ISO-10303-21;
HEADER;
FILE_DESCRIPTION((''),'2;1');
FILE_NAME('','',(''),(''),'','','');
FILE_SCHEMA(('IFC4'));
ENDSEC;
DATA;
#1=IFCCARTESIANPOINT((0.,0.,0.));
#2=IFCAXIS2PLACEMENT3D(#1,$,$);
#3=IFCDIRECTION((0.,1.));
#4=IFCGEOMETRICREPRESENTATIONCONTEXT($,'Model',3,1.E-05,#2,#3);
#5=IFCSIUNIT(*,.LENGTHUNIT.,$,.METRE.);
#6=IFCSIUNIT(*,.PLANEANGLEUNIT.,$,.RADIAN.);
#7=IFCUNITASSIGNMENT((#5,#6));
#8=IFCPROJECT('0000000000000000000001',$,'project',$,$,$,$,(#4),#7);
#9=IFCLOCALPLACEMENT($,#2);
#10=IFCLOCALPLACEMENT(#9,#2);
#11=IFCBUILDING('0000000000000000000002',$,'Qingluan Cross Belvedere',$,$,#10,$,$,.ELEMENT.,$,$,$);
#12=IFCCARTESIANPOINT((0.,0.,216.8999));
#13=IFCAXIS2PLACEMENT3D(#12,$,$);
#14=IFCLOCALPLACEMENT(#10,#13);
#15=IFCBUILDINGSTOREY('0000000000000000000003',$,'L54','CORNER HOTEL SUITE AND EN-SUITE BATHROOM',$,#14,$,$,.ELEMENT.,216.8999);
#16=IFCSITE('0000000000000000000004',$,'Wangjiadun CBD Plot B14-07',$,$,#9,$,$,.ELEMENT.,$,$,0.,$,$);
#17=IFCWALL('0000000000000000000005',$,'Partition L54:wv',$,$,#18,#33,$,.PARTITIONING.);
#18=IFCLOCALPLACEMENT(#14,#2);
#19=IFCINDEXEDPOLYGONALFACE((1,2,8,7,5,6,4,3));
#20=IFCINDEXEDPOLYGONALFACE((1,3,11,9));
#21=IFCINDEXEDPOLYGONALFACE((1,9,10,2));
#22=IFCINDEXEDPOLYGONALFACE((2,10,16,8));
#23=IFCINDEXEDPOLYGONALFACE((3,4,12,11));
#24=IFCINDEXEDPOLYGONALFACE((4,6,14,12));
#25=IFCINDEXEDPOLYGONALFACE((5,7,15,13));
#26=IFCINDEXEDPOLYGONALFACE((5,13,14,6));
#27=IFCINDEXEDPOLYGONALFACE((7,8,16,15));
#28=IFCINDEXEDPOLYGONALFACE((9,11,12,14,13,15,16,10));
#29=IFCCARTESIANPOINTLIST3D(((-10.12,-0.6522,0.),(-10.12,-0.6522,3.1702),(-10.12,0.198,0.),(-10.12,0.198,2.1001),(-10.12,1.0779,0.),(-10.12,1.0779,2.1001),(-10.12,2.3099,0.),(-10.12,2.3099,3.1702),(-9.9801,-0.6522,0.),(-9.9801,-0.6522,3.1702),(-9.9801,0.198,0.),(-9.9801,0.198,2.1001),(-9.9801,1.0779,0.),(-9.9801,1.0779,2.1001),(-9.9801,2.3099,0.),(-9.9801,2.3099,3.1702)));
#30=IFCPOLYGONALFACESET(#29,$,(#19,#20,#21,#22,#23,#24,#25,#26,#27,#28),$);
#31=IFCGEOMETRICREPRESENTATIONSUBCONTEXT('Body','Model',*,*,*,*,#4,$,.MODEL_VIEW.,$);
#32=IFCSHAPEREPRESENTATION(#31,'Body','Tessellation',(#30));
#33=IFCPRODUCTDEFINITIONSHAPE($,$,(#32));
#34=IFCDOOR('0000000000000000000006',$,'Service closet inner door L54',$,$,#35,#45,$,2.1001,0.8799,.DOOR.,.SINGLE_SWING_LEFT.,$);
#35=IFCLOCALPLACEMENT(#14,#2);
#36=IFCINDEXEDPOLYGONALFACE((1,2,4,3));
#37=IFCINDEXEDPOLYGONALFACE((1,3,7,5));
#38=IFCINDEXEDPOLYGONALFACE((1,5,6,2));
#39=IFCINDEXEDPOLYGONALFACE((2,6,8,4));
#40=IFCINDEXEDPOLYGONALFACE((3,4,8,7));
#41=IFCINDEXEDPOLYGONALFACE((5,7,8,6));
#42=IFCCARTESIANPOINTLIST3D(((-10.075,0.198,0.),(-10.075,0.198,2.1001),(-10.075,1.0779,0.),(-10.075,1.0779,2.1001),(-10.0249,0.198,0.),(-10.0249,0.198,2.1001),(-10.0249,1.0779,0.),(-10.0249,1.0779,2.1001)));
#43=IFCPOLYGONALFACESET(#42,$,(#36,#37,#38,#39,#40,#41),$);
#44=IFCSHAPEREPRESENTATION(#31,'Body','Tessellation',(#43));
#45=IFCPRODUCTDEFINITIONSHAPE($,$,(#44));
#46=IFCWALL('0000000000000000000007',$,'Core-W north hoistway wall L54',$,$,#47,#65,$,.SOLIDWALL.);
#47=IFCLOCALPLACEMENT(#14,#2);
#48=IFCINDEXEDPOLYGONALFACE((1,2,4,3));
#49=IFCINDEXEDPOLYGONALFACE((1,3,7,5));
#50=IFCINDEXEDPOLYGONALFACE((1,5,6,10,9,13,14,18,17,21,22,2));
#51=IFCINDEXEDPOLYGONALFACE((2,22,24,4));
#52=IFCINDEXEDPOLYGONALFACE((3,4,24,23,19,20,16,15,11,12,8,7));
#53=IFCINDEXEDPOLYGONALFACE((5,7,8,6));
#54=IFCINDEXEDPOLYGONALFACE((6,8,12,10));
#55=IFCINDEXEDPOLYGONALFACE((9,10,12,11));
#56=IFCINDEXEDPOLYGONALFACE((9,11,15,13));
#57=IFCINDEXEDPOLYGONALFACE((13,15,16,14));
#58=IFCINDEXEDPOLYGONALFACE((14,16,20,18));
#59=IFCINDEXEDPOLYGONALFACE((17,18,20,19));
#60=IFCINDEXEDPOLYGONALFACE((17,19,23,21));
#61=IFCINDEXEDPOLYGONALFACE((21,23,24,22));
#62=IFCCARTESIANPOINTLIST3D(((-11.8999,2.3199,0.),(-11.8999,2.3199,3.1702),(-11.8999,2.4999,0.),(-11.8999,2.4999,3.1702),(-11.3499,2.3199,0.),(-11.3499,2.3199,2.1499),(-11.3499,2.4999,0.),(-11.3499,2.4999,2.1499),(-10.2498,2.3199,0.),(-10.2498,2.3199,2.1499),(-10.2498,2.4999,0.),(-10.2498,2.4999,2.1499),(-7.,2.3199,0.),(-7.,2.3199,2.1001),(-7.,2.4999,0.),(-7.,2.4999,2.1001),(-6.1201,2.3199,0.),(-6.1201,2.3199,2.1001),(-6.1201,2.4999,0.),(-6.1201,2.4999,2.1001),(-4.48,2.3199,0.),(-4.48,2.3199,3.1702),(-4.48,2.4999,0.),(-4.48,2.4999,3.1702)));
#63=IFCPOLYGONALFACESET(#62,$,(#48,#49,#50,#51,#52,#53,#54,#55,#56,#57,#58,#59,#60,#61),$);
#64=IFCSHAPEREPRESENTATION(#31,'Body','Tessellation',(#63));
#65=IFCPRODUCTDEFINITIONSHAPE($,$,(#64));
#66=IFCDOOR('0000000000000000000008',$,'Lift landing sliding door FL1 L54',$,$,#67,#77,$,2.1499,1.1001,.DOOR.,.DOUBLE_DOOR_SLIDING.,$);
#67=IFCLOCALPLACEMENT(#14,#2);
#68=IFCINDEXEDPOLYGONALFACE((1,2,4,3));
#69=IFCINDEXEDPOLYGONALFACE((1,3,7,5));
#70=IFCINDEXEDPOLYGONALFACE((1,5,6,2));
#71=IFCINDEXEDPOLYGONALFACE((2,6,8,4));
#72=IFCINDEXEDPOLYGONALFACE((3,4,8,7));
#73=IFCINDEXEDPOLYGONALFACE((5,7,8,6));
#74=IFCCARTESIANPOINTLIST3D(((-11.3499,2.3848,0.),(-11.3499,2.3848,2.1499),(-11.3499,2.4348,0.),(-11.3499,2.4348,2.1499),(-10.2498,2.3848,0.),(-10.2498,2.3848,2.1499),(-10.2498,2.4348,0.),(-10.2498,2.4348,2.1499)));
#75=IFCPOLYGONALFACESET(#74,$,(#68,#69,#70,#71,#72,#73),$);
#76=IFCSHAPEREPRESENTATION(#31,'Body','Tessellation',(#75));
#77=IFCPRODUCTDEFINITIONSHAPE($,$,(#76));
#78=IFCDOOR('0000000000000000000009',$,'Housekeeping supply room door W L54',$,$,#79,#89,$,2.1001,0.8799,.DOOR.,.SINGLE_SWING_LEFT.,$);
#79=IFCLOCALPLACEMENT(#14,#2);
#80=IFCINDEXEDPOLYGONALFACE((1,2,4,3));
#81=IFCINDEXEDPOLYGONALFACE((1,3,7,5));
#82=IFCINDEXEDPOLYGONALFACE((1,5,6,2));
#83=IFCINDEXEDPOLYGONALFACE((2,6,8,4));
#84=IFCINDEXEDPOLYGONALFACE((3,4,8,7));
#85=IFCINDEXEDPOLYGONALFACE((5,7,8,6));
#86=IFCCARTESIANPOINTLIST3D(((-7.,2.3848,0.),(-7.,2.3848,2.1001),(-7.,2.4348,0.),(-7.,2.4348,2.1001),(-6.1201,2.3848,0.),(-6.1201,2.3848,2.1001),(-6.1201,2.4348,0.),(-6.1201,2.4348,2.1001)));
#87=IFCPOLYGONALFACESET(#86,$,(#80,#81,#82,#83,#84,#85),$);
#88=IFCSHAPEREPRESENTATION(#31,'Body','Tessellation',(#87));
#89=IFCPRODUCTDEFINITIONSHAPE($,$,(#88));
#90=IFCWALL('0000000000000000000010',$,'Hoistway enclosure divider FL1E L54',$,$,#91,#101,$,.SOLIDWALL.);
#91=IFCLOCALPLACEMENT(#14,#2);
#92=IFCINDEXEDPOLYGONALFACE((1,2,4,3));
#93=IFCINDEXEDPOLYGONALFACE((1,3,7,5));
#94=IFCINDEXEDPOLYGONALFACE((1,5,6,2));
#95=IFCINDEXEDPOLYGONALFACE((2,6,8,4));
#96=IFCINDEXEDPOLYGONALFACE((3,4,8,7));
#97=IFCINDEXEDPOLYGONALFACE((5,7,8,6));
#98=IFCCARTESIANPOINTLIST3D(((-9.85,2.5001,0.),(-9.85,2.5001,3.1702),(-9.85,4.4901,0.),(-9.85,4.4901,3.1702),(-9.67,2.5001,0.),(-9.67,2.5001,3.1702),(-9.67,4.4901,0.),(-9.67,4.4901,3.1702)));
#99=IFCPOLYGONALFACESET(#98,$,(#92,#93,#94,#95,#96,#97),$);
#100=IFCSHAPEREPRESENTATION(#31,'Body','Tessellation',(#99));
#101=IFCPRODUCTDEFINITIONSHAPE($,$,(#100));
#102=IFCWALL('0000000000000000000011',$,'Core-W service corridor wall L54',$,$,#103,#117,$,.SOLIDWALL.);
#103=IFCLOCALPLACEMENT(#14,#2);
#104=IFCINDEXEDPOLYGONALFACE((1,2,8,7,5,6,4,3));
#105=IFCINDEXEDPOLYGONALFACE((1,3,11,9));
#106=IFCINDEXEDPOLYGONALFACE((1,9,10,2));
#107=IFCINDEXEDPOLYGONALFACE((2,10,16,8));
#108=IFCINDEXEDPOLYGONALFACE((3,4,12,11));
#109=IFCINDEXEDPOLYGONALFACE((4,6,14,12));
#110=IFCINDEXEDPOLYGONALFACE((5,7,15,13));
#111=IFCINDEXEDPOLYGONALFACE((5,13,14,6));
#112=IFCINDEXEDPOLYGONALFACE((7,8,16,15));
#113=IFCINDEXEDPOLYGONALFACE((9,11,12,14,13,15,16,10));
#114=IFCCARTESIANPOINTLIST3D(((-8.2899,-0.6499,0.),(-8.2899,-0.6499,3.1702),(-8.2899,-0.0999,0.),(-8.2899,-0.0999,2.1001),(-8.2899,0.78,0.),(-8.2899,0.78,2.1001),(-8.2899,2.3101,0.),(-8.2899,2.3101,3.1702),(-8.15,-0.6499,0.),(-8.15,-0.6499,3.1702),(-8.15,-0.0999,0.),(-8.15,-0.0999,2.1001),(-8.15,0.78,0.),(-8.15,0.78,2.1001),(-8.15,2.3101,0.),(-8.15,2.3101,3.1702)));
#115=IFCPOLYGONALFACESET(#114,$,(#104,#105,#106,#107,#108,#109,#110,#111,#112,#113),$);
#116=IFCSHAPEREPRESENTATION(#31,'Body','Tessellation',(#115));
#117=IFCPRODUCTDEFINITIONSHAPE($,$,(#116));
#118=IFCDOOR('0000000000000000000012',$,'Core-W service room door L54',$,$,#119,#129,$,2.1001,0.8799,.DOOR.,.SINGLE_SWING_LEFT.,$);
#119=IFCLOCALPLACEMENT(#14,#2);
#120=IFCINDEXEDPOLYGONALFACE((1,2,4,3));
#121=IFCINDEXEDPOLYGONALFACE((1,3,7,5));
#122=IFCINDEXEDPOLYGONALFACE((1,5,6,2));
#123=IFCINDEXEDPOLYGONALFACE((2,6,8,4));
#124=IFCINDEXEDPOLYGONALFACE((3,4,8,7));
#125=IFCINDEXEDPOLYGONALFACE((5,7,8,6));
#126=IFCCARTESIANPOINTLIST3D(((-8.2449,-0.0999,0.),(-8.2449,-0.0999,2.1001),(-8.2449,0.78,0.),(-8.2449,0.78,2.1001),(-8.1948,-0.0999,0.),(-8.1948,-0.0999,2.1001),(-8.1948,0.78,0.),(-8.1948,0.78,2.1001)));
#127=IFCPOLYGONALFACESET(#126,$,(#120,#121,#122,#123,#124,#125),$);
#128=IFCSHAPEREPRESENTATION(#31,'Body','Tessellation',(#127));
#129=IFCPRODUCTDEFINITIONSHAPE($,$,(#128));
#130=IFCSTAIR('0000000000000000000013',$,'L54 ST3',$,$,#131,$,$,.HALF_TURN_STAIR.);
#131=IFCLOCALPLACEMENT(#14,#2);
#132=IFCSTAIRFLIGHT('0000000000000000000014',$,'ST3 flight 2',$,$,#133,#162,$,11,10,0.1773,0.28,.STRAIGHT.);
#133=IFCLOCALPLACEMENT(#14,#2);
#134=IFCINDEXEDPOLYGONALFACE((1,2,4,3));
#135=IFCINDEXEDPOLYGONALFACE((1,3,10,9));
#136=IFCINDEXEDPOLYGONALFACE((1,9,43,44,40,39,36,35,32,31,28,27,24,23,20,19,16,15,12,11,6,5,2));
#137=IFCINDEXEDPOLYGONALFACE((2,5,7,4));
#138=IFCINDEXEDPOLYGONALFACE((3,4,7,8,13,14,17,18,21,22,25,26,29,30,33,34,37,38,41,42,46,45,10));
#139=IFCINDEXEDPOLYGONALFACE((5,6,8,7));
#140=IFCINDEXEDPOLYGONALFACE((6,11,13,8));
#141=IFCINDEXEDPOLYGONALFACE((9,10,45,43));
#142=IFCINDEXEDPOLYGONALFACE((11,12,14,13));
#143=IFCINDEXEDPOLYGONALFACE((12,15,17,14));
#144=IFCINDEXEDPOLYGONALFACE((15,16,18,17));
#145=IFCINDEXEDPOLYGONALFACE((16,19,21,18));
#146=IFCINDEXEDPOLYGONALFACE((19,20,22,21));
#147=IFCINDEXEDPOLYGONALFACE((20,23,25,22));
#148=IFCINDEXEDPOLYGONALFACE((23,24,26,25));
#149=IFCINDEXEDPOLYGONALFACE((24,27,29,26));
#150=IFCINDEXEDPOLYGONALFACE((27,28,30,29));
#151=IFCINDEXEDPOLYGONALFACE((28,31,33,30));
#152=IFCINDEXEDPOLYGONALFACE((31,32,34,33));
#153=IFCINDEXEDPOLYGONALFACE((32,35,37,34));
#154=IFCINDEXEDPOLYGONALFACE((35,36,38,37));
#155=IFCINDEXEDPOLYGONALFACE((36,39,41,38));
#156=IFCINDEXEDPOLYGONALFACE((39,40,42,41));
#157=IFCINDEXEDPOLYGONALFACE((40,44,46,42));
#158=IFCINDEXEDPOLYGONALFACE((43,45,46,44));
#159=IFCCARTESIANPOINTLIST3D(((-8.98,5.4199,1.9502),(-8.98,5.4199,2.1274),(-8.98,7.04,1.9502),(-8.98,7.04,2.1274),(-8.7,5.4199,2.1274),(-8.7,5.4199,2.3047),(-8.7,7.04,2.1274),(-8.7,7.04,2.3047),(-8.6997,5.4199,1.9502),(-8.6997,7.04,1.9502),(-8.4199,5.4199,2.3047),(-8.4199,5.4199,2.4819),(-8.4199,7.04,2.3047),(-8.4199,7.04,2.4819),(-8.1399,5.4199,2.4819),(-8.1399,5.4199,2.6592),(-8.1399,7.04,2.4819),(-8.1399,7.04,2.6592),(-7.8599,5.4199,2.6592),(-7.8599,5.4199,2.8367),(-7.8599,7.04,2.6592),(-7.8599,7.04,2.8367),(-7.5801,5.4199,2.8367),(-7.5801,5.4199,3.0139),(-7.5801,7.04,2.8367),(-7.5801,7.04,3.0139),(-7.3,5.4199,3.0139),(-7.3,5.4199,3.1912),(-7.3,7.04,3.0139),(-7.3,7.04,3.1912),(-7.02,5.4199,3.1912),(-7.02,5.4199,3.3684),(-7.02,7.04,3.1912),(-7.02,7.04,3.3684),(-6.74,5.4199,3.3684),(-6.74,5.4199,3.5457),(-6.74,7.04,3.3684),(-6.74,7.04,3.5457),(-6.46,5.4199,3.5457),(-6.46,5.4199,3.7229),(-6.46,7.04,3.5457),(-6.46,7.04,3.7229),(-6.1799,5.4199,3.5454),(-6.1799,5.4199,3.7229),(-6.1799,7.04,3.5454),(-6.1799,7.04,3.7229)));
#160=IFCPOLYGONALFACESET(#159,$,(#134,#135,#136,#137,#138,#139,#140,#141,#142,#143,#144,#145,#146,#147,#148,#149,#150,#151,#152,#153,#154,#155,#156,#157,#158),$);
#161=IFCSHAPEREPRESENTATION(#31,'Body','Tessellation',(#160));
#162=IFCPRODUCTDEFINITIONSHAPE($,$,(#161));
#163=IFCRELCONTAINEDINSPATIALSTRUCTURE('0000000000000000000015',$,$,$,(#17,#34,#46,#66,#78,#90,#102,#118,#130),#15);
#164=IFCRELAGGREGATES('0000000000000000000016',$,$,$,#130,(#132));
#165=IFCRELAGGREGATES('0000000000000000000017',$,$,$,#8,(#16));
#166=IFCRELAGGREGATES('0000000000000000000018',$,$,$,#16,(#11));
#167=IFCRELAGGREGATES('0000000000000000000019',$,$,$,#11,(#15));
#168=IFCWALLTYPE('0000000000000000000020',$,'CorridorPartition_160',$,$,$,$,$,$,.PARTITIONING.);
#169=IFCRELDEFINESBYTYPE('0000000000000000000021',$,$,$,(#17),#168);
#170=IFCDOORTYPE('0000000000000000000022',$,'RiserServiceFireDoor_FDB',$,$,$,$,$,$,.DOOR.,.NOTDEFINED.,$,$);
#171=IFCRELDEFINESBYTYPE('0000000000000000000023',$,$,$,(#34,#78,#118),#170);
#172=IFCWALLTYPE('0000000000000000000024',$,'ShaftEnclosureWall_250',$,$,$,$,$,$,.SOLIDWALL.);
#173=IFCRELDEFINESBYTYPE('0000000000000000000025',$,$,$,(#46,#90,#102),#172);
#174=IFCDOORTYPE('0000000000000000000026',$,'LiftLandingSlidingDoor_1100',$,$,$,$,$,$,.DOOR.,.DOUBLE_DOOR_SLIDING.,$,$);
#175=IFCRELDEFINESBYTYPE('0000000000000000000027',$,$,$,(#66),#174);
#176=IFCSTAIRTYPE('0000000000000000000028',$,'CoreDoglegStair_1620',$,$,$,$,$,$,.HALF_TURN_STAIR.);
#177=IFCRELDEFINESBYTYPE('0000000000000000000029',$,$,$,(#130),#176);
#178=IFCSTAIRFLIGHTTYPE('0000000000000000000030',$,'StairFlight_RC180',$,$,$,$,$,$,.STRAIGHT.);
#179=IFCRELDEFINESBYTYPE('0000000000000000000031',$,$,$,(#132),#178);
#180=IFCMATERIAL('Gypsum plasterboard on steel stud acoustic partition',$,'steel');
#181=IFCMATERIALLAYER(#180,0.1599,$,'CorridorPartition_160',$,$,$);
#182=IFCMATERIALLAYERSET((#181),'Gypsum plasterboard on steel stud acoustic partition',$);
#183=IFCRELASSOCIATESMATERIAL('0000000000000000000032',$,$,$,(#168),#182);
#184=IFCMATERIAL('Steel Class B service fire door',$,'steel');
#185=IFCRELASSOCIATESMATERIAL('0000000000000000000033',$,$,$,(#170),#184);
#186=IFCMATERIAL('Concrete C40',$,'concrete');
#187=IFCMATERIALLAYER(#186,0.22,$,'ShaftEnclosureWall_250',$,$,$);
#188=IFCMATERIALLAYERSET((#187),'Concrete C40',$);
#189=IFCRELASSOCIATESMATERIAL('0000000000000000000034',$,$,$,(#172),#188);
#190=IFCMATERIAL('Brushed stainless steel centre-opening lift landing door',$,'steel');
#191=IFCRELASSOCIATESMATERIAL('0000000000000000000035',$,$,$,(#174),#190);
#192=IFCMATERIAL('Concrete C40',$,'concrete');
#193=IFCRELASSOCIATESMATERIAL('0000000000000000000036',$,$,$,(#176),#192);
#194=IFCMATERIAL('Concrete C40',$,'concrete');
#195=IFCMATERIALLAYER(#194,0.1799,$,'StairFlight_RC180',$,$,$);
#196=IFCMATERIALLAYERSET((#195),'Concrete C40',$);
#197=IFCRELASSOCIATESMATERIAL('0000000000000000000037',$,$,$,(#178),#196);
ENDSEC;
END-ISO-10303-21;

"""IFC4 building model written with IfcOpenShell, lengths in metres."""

from ifc_helpers import new_model, si_unit, direction, frame, frame_2d, origin, place, context, subcontext, project, spatial, polyline, rectangle, outline, extrude, material, layer, layer_set, type_object, element, fill, aggregate, save


model = new_model("IFC4")

# Units and contexts
model_context = context("Model", 3, precision=1e-05, world=origin(), true_north=direction((0.0, 1.0)))
body_context = subcontext(model_context, "Body", "Model", "MODEL_VIEW")
ifc_project = project(units=[si_unit("LENGTHUNIT", "METRE"), si_unit("PLANEANGLEUNIT", "RADIAN")], contexts=[model_context])

# Site, building, storey
site_placement = place(None, origin())
site = spatial("IfcSite", under=ifc_project, at=site_placement, Name="Wangjiadun CBD Plot B14-07", CompositionType="ELEMENT", RefElevation=0.0)
building_placement = place(site_placement, origin())
building = spatial("IfcBuilding", under=site, at=building_placement, Name="Qingluan Cross Belvedere", CompositionType="ELEMENT")
storey_placement = place(building_placement, frame((0.0, 0.0, 216.8999)))
storey = spatial("IfcBuildingStorey", under=building, at=storey_placement, Name="L54", Description="CORNER HOTEL SUITE AND EN-SUITE BATHROOM", CompositionType="ELEMENT", Elevation=216.8999)

# Wall, opening, door
ifc_material_1 = material(Name="Gypsum plasterboard on steel stud acoustic partition", Category="steel")
ifc_layer_1 = layer(ifc_material_1, 0.1599, Name="CorridorPartition_160")
ifc_layer_set_1 = layer_set([ifc_layer_1], Name="Gypsum plasterboard on steel stud acoustic partition")
wall_type_1 = type_object("IfcWallType", Name="CorridorPartition_160", PredefinedType="PARTITIONING", material=ifc_layer_set_1)
wall_1_placement = place(storey_placement, frame((-10.05, -0.6521, 0.0), z_axis=(0.0, 0.0, 1.0), x_axis=(0.0, 1.0, 0.0)))
wall_1 = element("IfcWall", 1, at=wall_1_placement, inside=storey, type_object=wall_type_1, Name="Partition L54:wv", PredefinedType="PARTITIONING", context=body_context, shape_type="SweptSolid", body=[
    extrude(rectangle(XDim=2.9622, YDim=0.1399, at=frame_2d((1.481, 0.0))), origin(), (0.0, 0.0, 1.0), 3.1702),
])
opening_1_placement = place(wall_1_placement, frame((0.8501, 0.0, 0.0)))
opening_1 = element("IfcOpeningElement", 2, at=opening_1_placement, cuts=wall_1, PredefinedType="OPENING", context=body_context, shape_type="SweptSolid", body=[
    extrude(rectangle(XDim=0.8799, YDim=2.1001, at=frame_2d((0.4399, 1.05))), frame((0.0, 0.0798, 0.0), z_axis=(0.0, -1.0, 0.0), x_axis=(1.0, 0.0, 0.0)), (0.0, 0.0, 1.0), 0.1599),
])
ifc_material_2 = material(Name="Steel Class B service fire door", Category="steel")
door_type_1 = type_object("IfcDoorType", Name="RiserServiceFireDoor_FDB", OperationType="NOTDEFINED", PredefinedType="DOOR", material=ifc_material_2)
door_1_placement = place(opening_1_placement, origin())
door_1 = element("IfcDoor", 3, at=door_1_placement, inside=storey, type_object=door_type_1, Name="Service closet inner door L54", OperationType="SINGLE_SWING_LEFT", OverallHeight=2.1001, OverallWidth=0.8799, PredefinedType="DOOR", context=body_context, shape_type="SweptSolid", body=[
    extrude(rectangle(XDim=0.8799, YDim=2.1001, at=frame_2d((0.4399, 1.05))), frame((0.0, 0.0249, 0.0), z_axis=(0.0, -1.0, 0.0), x_axis=(1.0, 0.0, 0.0)), (0.0, 0.0, 1.0), 0.05),
])
fill(opening_1, door_1)

# Wall, openings, doors
ifc_material_3 = material(Name="Concrete C40", Category="concrete")
ifc_layer_2 = layer(ifc_material_3, 0.22, Name="ShaftEnclosureWall_250")
ifc_layer_set_2 = layer_set([ifc_layer_2], Name="Concrete C40")
wall_type_2 = type_object("IfcWallType", Name="ShaftEnclosureWall_250", PredefinedType="SOLIDWALL", material=ifc_layer_set_2)
wall_2_placement = place(storey_placement, frame((-11.8999, 2.4099, 0.0), z_axis=(0.0, 0.0, 1.0), x_axis=(1.0, 0.0, 0.0)))
wall_2 = element("IfcWall", 4, at=wall_2_placement, inside=storey, type_object=wall_type_2, Name="Core-W north hoistway wall L54", PredefinedType="SOLIDWALL", context=body_context, shape_type="SweptSolid", body=[
    extrude(rectangle(XDim=7.4199, YDim=0.1799, at=frame_2d((3.71, 0.0))), origin(), (0.0, 0.0, 1.0), 3.1702),
])
opening_2_placement = place(wall_2_placement, frame((0.55, 0.0, 0.0)))
opening_2 = element("IfcOpeningElement", 5, at=opening_2_placement, cuts=wall_2, PredefinedType="OPENING", context=body_context, shape_type="SweptSolid", body=[
    extrude(rectangle(XDim=1.1001, YDim=2.1499, at=frame_2d((0.55, 1.075))), frame((0.0, 0.0999, 0.0), z_axis=(0.0, -1.0, 0.0), x_axis=(1.0, 0.0, 0.0)), (0.0, 0.0, 1.0), 0.2),
])
opening_3_placement = place(wall_2_placement, frame((4.8999, 0.0, 0.0)))
opening_3 = element("IfcOpeningElement", 6, at=opening_3_placement, cuts=wall_2, PredefinedType="OPENING", context=body_context, shape_type="SweptSolid", body=[
    extrude(rectangle(XDim=0.8799, YDim=2.1001, at=frame_2d((0.4399, 1.05))), frame((0.0, 0.0999, 0.0), z_axis=(0.0, -1.0, 0.0), x_axis=(1.0, 0.0, 0.0)), (0.0, 0.0, 1.0), 0.2),
])
ifc_material_4 = material(Name="Brushed stainless steel centre-opening lift landing door", Category="steel")
door_type_2 = type_object("IfcDoorType", Name="LiftLandingSlidingDoor_1100", OperationType="DOUBLE_DOOR_SLIDING", PredefinedType="DOOR", material=ifc_material_4)
door_2_placement = place(opening_2_placement, origin())
door_2 = element("IfcDoor", 7, at=door_2_placement, inside=storey, type_object=door_type_2, Name="Lift landing sliding door FL1 L54", OperationType="DOUBLE_DOOR_SLIDING", OverallHeight=2.1499, OverallWidth=1.1001, PredefinedType="DOOR", context=body_context, shape_type="SweptSolid", body=[
    extrude(rectangle(XDim=1.1001, YDim=2.1499, at=frame_2d((0.55, 1.075))), frame((0.0, 0.0249, 0.0), z_axis=(0.0, -1.0, 0.0), x_axis=(1.0, 0.0, 0.0)), (0.0, 0.0, 1.0), 0.05),
])
fill(opening_2, door_2)
door_3_placement = place(opening_3_placement, origin())
door_3 = element("IfcDoor", 8, at=door_3_placement, inside=storey, type_object=door_type_1, Name="Housekeeping supply room door W L54", OperationType="SINGLE_SWING_LEFT", OverallHeight=2.1001, OverallWidth=0.8799, PredefinedType="DOOR", context=body_context, shape_type="SweptSolid", body=[
    extrude(rectangle(XDim=0.8799, YDim=2.1001, at=frame_2d((0.4399, 1.05))), frame((0.0, 0.0249, 0.0), z_axis=(0.0, -1.0, 0.0), x_axis=(1.0, 0.0, 0.0)), (0.0, 0.0, 1.0), 0.05),
])
fill(opening_3, door_3)

# Wall
wall_3_placement = place(storey_placement, frame((-9.76, 2.5, 0.0), z_axis=(0.0, 0.0, 1.0), x_axis=(0.0, 1.0, 0.0)))
element("IfcWall", 9, at=wall_3_placement, inside=storey, type_object=wall_type_2, Name="Hoistway enclosure divider FL1E L54", PredefinedType="SOLIDWALL", context=body_context, shape_type="SweptSolid", body=[
    extrude(rectangle(XDim=1.99, YDim=0.1799, at=frame_2d((0.9951, 0.0))), origin(), (0.0, 0.0, 1.0), 3.1702),
])

# Wall, opening, door
wall_4_placement = place(storey_placement, frame((-8.22, -0.6499, 0.0), z_axis=(0.0, 0.0, 1.0), x_axis=(0.0, 1.0, 0.0)))
wall_4 = element("IfcWall", 10, at=wall_4_placement, inside=storey, type_object=wall_type_2, Name="Core-W service corridor wall L54", PredefinedType="SOLIDWALL", context=body_context, shape_type="SweptSolid", body=[
    extrude(rectangle(XDim=2.96, YDim=0.1399, at=frame_2d((1.48, 0.0))), origin(), (0.0, 0.0, 1.0), 3.1702),
])
opening_4_placement = place(wall_4_placement, frame((0.55, 0.0, 0.0)))
opening_4 = element("IfcOpeningElement", 11, at=opening_4_placement, cuts=wall_4, PredefinedType="OPENING", context=body_context, shape_type="SweptSolid", body=[
    extrude(rectangle(XDim=0.8799, YDim=2.1001, at=frame_2d((0.4399, 1.05))), frame((0.0, 0.0798, 0.0), z_axis=(0.0, -1.0, 0.0), x_axis=(1.0, 0.0, 0.0)), (0.0, 0.0, 1.0), 0.1599),
])
door_4_placement = place(opening_4_placement, origin())
door_4 = element("IfcDoor", 12, at=door_4_placement, inside=storey, type_object=door_type_1, Name="Core-W service room door L54", OperationType="SINGLE_SWING_LEFT", OverallHeight=2.1001, OverallWidth=0.8799, PredefinedType="DOOR", context=body_context, shape_type="SweptSolid", body=[
    extrude(rectangle(XDim=0.8799, YDim=2.1001, at=frame_2d((0.4399, 1.05))), frame((0.0, 0.0249, 0.0), z_axis=(0.0, -1.0, 0.0), x_axis=(1.0, 0.0, 0.0)), (0.0, 0.0, 1.0), 0.05),
])
fill(opening_4, door_4)

# Stair, stair flight
ifc_material_5 = material(Name="Concrete C40", Category="concrete")
stair_type = type_object("IfcStairType", Name="CoreDoglegStair_1620", PredefinedType="HALF_TURN_STAIR", material=ifc_material_5)
stair_placement = place(storey_placement, origin())
stair = element("IfcStair", 13, at=stair_placement, inside=storey, type_object=stair_type, Name="L54 ST3", PredefinedType="HALF_TURN_STAIR")
ifc_material_6 = material(Name="Concrete C40", Category="concrete")
ifc_layer_3 = layer(ifc_material_6, 0.1799, Name="StairFlight_RC180")
ifc_layer_set_3 = layer_set([ifc_layer_3], Name="Concrete C40")
stair_flight_type = type_object("IfcStairFlightType", Name="StairFlight_RC180", PredefinedType="STRAIGHT", material=ifc_layer_set_3)
stair_flight_placement = place(storey_placement, frame((-8.98, 6.23, 1.9502), z_axis=(0.0, 0.0, 1.0), x_axis=(1.0, 0.0, 0.0)))
stair_flight = element("IfcStairFlight", 14, at=stair_flight_placement, type_object=stair_flight_type, Name="ST3 flight 2", NumberOfRisers=11, NumberOfTreads=10, PredefinedType="STRAIGHT", RiserHeight=0.1773, TreadLength=0.28, context=body_context, shape_type="SweptSolid", body=[
    extrude(outline(polyline([(0.0, 0.0), (0.0, 0.1772), (0.28, 0.1772), (0.28, 0.3545), (0.5601, 0.3545), (0.5601, 0.5317), (0.8401, 0.5317), (0.8401, 0.709), (1.1201, 0.709), (1.1201, 0.8865), (1.3999, 0.8865), (1.3999, 1.0637), (1.6799, 1.0637), (1.6799, 1.241), (1.96, 1.241), (1.96, 1.4182), (2.24, 1.4182), (2.24, 1.5955), (2.52, 1.5955), (2.52, 1.7727), (2.8, 1.7727), (2.8, 1.95), (2.8, 1.5952), (0.2803, 0.0), (0.0, 0.0)])), frame((0.0, 0.8101, 0.0), z_axis=(0.0, -1.0, 0.0), x_axis=(1.0, 0.0, 0.0)), (0.0, 0.0, 1.0), 1.6201),
])
aggregate(stair, [stair_flight])

save(model, "model.ifc")
